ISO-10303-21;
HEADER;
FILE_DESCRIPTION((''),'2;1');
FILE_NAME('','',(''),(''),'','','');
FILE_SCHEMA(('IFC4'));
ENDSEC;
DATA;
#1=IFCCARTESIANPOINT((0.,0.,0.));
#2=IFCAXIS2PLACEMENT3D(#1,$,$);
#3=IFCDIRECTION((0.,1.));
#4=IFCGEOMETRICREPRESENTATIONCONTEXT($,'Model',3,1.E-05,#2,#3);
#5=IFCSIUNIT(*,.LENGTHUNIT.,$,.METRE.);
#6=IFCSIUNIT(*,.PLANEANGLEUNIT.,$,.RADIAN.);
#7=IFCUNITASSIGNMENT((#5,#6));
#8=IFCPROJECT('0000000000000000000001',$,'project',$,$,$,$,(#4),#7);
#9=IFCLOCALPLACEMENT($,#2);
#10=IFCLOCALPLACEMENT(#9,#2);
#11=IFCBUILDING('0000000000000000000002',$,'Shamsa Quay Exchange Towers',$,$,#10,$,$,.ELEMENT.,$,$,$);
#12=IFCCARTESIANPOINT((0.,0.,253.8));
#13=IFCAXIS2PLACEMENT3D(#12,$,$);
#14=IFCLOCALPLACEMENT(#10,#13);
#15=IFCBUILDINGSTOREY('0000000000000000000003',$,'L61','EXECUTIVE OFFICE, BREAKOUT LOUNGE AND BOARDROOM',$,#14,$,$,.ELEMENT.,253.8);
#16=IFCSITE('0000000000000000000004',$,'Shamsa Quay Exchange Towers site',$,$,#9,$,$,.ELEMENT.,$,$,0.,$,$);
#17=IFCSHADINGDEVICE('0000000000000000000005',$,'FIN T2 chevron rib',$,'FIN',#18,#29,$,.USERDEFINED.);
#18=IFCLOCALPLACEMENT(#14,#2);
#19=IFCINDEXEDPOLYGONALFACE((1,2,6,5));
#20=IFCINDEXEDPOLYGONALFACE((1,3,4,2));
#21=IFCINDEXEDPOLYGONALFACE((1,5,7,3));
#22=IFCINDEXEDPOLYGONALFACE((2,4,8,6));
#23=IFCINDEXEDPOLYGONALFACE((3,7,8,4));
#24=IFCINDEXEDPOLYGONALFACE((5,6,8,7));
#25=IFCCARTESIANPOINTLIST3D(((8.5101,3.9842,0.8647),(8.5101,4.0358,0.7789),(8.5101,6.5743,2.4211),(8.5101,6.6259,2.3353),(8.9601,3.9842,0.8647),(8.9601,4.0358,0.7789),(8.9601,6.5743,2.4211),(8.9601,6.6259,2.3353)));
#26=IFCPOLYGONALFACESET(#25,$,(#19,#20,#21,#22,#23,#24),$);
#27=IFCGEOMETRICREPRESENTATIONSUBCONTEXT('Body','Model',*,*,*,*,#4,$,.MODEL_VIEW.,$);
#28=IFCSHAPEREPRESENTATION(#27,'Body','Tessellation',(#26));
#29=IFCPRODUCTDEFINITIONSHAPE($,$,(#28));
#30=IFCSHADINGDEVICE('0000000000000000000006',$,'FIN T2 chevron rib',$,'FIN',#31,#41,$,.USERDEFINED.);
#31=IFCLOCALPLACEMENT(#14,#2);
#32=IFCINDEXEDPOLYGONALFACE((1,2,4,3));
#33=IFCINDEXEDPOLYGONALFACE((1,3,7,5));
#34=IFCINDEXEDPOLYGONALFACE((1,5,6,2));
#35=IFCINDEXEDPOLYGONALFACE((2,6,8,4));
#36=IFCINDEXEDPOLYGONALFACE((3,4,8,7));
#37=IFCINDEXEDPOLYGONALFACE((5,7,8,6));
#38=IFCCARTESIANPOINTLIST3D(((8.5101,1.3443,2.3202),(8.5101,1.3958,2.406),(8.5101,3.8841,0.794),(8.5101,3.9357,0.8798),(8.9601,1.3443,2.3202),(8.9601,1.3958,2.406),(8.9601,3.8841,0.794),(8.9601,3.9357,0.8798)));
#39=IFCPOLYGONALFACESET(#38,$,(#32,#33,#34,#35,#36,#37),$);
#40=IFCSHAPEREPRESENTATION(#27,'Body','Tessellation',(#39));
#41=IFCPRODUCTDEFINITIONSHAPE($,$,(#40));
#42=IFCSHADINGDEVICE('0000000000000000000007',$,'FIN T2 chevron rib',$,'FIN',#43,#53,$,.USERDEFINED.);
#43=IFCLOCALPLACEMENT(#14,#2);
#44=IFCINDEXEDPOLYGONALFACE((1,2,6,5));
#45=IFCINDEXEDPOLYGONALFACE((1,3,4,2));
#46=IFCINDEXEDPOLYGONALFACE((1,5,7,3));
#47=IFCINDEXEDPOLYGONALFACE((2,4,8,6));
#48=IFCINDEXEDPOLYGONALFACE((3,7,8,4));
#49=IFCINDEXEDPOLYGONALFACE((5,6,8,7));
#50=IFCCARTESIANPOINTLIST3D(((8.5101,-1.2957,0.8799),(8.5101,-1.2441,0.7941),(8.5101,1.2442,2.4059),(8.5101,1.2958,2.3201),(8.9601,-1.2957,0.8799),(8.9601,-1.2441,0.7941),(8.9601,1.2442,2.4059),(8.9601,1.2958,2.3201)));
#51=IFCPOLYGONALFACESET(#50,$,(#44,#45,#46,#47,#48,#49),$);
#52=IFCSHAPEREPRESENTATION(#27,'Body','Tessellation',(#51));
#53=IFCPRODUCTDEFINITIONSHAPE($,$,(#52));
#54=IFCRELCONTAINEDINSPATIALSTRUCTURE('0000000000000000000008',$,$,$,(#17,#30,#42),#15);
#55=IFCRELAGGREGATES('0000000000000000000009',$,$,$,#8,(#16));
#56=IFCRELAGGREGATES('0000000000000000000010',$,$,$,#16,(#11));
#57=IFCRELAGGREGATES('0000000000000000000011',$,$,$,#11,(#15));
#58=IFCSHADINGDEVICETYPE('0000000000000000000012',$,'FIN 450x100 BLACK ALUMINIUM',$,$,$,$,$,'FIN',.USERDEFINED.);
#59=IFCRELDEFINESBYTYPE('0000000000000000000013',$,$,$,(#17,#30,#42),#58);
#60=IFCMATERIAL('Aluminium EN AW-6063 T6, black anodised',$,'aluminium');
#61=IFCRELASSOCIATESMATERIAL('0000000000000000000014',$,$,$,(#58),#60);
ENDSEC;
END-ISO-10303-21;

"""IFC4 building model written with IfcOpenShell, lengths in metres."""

from ifc_helpers import new_model, si_unit, direction, frame, origin, origin_2d, place, context, subcontext, project, spatial, rectangle, extrude, material, material_profile, profile_set, type_object, element, save


model = new_model("IFC4")

# Units and contexts
model_context = context("Model", 3, precision=1e-05, world=origin(), true_north=direction((0.0, 1.0)))
body_context = subcontext(model_context, "Body", "Model", "MODEL_VIEW")
ifc_project = project(units=[si_unit("LENGTHUNIT", "METRE"), si_unit("PLANEANGLEUNIT", "RADIAN")], contexts=[model_context])

# Site, building, storey
site_placement = place(None, origin())
site = spatial("IfcSite", under=ifc_project, at=site_placement, Name="Shamsa Quay Exchange Towers site", CompositionType="ELEMENT", RefElevation=0.0)
building_placement = place(site_placement, origin())
building = spatial("IfcBuilding", under=site, at=building_placement, Name="Shamsa Quay Exchange Towers", CompositionType="ELEMENT")
storey_placement = place(building_placement, frame((0.0, 0.0, 253.8)))
storey = spatial("IfcBuildingStorey", under=building, at=storey_placement, Name="L61", Description="EXECUTIVE OFFICE, BREAKOUT LOUNGE AND BOARDROOM", CompositionType="ELEMENT", Elevation=253.8)

# Shared definitions
ifc_material_1 = material(Name="Aluminium EN AW-6063 T6, black anodised", Category="aluminium")

# Shading devices
ifc_material_profile_1 = material_profile(ifc_material_1, rectangle(XDim=0.45, YDim=0.1001, at=origin_2d()), Name="FIN450x100")
ifc_profile_set_1 = profile_set([ifc_material_profile_1], Name="Aluminium EN AW-6063 T6, black anodised")
shading_device_type = type_object("IfcShadingDeviceType", Name="FIN 450x100 BLACK ALUMINIUM", ElementType="FIN", PredefinedType="USERDEFINED", material=ifc_profile_set_1)
shading_device_1_placement = place(storey_placement, frame((8.7351, 6.6001, 2.3782), z_axis=(0.0, -0.857151, -0.515066), x_axis=(1.0, 0.0, 0.0)))
element("IfcShadingDevice", 1, at=shading_device_1_placement, inside=storey, type_object=shading_device_type, Name="FIN T2 chevron rib", ObjectType="FIN", PredefinedType="USERDEFINED", context=body_context, shape_type="SweptSolid", body=[
    extrude(rectangle(XDim=0.45, YDim=0.1001, at=origin_2d()), origin(), (0.0, 0.0, 1.0), 3.0217),
])
for number, where, z_axis, x_axis, name in (
    (2, (8.7351, 3.9099, 0.8369), (0.0, -0.857158, 0.515053), (1.0, 0.0, 0.0), "FIN T2 chevron rib"),
    (3, (8.7351, 1.27, 2.363), (0.0, -0.85718, -0.515017), (1.0, 0.0, 0.0), "FIN T2 chevron rib"),
):
    element("IfcShadingDevice", number, at=place(storey_placement, frame(where, z_axis=z_axis, x_axis=x_axis)), inside=storey, type_object=shading_device_type, Name=name, ObjectType="FIN", PredefinedType="USERDEFINED", context=body_context, shape_type="SweptSolid", body=[
        extrude(rectangle(XDim=0.45, YDim=0.1001, at=origin_2d()), origin(), (0.0, 0.0, 1.0), 2.9631),
    ])

save(model, "model.ifc")
